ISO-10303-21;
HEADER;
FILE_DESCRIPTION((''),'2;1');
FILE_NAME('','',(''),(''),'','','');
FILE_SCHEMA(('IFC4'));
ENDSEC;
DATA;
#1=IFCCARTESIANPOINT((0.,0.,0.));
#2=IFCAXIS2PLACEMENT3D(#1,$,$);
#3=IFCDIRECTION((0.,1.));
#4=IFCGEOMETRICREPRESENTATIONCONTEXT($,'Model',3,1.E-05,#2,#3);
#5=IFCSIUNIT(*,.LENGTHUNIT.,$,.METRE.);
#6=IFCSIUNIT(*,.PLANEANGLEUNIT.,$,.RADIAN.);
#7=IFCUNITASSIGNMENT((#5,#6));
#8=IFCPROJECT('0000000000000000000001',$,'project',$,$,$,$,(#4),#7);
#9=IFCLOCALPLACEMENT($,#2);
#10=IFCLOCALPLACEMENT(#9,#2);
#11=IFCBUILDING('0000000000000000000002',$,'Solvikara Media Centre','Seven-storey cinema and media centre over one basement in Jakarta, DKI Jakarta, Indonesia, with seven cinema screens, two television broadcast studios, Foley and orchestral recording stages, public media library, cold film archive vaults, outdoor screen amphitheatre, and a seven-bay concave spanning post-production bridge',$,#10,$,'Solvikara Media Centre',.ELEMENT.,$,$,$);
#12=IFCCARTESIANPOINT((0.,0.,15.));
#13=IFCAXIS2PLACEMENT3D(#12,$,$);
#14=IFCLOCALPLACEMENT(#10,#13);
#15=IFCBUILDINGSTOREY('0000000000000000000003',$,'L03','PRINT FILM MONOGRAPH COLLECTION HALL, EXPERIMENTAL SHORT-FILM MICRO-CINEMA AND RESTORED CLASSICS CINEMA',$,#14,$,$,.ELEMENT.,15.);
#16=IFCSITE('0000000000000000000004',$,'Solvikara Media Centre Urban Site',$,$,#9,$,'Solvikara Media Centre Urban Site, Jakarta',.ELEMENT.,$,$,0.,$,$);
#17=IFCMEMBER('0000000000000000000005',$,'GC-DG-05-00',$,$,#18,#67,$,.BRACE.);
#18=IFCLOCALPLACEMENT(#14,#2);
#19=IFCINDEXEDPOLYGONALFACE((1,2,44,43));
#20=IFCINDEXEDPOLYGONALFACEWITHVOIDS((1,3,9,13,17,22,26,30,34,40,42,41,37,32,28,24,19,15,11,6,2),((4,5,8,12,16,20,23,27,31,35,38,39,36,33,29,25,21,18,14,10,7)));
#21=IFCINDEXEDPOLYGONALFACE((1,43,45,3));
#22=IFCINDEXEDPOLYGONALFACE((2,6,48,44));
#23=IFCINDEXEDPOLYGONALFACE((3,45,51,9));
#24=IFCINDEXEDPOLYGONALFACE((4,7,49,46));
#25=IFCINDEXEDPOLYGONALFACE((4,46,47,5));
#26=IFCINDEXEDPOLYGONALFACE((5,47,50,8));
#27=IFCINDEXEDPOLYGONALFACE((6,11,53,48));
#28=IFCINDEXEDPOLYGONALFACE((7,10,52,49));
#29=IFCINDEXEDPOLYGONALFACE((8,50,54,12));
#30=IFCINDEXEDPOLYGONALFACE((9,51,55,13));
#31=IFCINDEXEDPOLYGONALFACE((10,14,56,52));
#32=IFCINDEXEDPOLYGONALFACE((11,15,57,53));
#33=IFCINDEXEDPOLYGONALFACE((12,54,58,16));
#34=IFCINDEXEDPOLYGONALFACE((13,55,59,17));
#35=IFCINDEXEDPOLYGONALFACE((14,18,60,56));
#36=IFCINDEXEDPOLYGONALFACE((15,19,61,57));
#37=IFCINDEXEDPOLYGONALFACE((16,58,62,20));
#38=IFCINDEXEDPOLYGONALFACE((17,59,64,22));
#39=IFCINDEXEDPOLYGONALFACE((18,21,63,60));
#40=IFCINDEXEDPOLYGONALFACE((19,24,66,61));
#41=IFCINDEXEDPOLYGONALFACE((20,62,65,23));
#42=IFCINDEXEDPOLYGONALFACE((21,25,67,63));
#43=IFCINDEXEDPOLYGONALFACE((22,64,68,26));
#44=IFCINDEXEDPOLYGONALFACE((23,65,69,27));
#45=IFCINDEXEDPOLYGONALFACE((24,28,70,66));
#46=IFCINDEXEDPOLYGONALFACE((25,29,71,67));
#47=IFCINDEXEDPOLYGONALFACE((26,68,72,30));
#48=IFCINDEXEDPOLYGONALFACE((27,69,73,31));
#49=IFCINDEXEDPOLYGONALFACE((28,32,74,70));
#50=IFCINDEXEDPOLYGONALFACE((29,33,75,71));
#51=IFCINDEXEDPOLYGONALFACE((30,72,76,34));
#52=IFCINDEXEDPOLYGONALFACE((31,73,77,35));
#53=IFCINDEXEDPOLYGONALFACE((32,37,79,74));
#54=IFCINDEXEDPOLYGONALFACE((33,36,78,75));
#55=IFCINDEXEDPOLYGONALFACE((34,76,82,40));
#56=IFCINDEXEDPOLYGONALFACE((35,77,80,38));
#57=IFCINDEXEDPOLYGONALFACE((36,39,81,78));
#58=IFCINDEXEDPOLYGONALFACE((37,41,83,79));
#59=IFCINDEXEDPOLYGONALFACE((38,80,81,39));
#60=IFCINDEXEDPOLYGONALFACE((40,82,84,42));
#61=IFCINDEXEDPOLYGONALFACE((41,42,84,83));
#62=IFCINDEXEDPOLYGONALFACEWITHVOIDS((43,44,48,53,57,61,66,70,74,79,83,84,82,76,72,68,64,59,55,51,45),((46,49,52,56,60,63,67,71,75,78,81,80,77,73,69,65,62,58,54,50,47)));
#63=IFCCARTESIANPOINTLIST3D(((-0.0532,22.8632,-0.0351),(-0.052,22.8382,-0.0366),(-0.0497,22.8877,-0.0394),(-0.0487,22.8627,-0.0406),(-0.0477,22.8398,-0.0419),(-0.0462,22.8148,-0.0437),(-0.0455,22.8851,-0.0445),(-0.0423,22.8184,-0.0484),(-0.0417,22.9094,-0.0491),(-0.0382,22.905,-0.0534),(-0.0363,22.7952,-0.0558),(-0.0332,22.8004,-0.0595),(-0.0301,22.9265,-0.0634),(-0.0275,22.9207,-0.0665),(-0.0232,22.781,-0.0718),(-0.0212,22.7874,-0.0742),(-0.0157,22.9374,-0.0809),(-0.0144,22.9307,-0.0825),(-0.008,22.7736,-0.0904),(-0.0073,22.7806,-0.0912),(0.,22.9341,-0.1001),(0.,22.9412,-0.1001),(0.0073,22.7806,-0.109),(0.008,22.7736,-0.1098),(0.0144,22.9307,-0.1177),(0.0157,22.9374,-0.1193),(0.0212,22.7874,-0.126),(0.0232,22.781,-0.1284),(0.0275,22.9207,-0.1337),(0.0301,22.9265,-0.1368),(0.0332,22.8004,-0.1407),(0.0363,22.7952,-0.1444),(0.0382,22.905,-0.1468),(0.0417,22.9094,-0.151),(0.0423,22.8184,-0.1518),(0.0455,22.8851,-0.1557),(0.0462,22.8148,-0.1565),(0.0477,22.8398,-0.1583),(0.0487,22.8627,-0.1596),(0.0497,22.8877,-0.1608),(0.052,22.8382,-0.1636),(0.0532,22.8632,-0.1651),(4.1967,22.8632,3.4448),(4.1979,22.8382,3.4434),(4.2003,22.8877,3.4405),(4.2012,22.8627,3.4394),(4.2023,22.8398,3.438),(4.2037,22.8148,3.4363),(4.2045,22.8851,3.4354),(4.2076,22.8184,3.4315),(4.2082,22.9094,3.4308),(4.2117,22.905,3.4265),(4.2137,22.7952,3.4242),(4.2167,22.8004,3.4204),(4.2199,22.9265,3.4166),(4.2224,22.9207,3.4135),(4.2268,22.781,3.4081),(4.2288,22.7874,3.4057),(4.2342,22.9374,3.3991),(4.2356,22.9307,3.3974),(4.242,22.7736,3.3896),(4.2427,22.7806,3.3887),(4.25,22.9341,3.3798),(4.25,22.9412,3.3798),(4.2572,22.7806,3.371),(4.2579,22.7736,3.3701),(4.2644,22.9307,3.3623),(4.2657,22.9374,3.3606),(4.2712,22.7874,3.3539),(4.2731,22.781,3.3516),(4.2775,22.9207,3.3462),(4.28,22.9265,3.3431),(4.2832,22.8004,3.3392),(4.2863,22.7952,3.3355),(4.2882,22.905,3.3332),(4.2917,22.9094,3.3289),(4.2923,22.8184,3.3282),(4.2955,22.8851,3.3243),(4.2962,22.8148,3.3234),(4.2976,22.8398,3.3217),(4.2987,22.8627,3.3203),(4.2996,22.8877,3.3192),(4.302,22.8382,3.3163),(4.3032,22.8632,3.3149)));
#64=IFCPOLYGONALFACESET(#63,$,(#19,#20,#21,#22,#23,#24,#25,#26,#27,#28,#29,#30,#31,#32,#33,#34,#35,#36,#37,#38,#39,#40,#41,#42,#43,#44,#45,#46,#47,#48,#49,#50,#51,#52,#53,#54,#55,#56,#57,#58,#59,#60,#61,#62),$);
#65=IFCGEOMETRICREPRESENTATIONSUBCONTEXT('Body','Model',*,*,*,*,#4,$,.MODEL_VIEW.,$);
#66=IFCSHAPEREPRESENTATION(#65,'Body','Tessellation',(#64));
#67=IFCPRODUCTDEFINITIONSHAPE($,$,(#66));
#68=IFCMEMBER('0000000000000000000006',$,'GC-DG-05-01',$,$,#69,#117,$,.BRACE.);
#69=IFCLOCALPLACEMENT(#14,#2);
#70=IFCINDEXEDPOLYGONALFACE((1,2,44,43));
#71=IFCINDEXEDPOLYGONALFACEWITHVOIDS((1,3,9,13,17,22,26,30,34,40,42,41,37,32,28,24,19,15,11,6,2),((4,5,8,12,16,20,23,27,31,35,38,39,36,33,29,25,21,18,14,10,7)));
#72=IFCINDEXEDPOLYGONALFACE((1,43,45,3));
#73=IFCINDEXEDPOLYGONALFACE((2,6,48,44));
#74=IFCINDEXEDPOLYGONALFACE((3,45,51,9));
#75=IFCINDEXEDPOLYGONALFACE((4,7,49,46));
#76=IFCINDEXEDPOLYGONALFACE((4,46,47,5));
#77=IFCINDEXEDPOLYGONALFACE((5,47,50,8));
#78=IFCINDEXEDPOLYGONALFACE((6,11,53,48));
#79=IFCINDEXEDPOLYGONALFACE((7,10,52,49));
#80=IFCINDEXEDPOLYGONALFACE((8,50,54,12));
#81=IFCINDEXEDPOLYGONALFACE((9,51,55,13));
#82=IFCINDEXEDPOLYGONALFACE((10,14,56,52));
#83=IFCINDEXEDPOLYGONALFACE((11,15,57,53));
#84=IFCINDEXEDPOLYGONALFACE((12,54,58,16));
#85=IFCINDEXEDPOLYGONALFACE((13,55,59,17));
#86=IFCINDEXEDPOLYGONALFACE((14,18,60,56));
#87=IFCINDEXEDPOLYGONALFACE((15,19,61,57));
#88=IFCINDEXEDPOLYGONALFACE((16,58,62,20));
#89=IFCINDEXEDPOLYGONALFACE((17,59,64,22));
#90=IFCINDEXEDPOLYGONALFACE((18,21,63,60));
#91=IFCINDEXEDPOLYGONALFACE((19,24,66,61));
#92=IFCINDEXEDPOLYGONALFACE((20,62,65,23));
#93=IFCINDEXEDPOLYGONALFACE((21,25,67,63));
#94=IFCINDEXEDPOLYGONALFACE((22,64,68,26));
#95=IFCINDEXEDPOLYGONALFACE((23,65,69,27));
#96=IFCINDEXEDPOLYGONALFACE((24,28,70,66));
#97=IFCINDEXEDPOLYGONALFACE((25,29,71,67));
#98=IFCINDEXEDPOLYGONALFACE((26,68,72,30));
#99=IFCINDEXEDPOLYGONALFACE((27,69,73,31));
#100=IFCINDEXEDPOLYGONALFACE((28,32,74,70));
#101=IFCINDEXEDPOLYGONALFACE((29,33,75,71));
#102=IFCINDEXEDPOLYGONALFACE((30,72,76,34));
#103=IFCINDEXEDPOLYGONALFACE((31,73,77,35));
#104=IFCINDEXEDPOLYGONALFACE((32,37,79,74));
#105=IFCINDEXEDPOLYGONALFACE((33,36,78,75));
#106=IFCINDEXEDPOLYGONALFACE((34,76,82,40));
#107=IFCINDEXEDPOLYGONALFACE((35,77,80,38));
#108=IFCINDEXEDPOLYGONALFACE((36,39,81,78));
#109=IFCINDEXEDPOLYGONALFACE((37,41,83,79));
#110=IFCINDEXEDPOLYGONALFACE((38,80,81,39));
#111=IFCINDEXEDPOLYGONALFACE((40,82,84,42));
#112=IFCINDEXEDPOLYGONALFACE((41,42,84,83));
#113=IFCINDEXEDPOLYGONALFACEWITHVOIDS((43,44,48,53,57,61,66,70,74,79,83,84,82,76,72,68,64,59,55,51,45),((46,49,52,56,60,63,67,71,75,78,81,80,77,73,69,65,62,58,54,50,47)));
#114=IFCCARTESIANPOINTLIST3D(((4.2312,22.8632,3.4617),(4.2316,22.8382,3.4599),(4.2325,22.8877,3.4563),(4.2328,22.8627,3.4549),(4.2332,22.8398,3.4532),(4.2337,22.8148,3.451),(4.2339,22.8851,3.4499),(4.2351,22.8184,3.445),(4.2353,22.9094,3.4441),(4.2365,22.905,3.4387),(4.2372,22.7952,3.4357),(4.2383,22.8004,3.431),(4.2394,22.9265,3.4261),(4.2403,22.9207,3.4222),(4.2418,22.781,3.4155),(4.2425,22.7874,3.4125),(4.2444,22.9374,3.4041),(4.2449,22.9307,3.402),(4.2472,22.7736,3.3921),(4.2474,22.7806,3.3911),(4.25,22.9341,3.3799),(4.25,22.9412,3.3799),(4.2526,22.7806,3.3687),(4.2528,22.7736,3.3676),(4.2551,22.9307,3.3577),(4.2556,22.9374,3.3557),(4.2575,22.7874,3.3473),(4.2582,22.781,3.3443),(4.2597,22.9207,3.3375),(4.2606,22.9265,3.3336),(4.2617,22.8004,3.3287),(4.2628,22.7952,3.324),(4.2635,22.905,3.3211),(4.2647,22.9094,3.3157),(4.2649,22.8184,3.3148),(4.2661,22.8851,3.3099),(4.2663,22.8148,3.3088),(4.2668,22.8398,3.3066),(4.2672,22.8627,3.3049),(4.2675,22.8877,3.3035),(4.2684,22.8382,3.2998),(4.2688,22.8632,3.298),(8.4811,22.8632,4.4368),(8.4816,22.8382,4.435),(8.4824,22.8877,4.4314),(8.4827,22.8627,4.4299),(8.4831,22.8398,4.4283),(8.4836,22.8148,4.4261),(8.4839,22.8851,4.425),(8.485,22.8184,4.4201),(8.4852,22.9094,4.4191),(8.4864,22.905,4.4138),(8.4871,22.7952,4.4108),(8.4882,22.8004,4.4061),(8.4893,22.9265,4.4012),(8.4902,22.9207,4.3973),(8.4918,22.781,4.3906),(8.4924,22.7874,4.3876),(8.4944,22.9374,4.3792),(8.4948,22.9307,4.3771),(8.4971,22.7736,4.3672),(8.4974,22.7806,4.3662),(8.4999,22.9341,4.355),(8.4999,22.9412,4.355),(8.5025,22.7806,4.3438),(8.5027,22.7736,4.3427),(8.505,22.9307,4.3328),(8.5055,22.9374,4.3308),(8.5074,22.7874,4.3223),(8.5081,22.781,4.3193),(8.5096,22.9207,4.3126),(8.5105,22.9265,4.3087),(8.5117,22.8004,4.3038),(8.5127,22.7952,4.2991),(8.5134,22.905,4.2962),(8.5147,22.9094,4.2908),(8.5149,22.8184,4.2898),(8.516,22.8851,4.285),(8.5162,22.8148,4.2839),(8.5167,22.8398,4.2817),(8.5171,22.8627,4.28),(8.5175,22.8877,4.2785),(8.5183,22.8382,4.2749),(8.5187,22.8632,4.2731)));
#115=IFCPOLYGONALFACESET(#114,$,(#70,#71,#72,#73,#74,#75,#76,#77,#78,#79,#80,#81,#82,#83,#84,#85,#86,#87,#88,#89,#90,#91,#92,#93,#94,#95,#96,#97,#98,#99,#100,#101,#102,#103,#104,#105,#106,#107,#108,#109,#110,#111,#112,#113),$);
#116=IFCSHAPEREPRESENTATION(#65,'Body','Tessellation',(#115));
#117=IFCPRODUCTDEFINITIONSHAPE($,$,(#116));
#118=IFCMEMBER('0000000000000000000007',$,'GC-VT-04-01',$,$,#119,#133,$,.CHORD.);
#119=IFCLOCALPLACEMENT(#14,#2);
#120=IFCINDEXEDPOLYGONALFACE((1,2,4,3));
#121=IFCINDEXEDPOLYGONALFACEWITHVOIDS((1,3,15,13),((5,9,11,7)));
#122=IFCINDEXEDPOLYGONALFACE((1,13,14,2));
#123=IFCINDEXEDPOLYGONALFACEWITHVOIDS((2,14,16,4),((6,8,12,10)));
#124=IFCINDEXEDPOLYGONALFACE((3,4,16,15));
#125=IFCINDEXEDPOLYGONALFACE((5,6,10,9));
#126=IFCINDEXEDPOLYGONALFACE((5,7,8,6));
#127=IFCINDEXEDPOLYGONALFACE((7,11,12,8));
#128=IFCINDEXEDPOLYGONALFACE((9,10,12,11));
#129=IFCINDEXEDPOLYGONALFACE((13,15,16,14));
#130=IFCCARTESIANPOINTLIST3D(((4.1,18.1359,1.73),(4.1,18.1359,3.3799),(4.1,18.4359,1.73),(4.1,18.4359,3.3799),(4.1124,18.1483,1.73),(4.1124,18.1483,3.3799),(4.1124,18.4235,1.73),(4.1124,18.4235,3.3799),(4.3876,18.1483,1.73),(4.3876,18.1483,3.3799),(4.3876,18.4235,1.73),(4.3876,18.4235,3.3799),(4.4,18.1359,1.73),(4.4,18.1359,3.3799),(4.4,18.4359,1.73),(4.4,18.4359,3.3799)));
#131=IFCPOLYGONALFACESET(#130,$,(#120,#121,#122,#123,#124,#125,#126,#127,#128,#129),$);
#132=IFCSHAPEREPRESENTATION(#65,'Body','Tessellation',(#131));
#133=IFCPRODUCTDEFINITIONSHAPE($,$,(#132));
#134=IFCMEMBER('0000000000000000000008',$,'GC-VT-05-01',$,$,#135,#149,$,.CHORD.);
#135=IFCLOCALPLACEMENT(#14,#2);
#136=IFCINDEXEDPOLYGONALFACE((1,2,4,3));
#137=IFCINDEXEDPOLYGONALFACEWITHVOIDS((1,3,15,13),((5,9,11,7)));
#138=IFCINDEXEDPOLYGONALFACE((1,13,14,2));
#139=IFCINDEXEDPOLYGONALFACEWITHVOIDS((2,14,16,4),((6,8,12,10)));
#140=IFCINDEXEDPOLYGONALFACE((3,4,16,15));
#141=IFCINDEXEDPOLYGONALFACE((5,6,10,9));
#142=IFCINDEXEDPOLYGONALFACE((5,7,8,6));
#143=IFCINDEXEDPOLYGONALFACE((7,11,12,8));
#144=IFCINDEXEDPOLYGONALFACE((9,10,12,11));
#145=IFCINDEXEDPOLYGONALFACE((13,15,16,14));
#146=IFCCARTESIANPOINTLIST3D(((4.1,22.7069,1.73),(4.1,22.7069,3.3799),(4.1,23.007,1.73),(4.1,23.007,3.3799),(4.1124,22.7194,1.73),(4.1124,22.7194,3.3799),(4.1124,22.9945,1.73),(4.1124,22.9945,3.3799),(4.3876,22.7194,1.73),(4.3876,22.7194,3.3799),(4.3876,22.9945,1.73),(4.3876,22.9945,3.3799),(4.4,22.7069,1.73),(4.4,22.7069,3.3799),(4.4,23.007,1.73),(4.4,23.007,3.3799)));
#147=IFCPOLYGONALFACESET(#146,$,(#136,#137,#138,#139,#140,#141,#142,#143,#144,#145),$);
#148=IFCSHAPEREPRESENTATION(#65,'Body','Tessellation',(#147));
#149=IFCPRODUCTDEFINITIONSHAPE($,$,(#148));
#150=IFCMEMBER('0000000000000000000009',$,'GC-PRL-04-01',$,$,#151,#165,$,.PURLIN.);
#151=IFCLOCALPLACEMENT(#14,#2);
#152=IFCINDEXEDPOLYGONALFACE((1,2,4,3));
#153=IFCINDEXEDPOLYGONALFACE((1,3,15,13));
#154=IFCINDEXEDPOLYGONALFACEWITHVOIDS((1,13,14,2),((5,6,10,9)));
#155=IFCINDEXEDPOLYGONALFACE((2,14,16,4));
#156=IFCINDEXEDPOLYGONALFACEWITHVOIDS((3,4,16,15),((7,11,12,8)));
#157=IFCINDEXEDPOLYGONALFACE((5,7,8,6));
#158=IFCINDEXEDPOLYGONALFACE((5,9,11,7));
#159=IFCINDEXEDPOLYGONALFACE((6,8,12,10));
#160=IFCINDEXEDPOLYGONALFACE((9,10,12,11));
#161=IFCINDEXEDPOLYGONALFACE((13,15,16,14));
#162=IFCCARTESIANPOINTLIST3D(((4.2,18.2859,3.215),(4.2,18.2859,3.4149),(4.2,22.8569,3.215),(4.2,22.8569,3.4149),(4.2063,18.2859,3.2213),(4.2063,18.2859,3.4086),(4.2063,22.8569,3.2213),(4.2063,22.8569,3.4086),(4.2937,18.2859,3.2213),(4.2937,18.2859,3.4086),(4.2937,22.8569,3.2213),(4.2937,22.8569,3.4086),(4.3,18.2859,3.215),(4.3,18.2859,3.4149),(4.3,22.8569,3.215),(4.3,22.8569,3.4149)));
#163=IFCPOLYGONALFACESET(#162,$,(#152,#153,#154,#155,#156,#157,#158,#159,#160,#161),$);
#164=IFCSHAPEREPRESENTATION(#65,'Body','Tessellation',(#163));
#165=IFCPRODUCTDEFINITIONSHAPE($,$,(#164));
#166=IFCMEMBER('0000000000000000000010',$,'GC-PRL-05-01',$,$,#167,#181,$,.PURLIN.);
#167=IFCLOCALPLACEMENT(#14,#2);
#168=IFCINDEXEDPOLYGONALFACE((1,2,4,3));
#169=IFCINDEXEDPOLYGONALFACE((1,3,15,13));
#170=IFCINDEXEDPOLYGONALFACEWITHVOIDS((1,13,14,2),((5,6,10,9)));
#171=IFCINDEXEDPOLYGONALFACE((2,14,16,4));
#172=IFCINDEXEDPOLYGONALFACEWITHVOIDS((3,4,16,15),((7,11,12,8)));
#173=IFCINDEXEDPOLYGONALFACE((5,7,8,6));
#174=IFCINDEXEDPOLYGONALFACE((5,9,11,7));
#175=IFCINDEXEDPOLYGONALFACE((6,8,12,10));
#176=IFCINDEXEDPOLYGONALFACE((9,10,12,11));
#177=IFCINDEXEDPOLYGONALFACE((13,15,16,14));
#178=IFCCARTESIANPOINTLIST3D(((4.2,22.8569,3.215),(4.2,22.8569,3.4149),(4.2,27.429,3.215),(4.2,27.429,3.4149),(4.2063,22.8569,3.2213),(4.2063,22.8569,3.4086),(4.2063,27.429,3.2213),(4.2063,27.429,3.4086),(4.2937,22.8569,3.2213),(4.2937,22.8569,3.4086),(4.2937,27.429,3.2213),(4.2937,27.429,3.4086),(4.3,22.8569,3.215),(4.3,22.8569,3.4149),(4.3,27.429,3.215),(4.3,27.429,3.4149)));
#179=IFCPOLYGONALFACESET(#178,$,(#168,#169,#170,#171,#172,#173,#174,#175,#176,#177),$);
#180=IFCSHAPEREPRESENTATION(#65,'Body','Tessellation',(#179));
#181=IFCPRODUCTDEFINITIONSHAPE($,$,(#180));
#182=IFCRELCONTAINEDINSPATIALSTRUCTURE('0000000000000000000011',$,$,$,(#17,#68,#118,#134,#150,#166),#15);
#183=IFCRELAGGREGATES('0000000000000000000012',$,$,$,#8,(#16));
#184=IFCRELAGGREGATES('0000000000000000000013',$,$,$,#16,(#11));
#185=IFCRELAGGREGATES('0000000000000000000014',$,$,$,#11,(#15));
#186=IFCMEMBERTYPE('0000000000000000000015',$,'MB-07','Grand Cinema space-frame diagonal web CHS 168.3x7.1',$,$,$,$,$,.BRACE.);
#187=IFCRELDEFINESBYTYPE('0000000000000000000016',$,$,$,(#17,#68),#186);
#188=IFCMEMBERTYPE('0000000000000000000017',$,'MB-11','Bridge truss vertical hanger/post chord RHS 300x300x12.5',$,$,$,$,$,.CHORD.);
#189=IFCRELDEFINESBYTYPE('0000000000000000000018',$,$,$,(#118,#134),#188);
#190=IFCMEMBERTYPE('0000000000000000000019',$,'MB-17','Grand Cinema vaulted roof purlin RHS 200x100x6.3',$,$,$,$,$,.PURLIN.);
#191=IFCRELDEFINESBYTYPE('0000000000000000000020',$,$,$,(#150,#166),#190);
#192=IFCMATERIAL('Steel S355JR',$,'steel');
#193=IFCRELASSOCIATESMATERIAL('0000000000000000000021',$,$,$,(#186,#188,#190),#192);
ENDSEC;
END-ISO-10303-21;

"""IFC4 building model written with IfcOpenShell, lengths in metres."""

from ifc_helpers import new_model, si_unit, direction, frame, origin, origin_2d, place, context, subcontext, project, spatial, hollow_rectangle, hollow_circle, extrude, material, material_profile, profile_set, type_object, element, save


model = new_model("IFC4")

# Units and contexts
model_context = context("Model", 3, precision=1e-05, world=origin(), true_north=direction((0.0, 1.0)))
body_context = subcontext(model_context, "Body", "Model", "MODEL_VIEW")
ifc_project = project(units=[si_unit("LENGTHUNIT", "METRE"), si_unit("PLANEANGLEUNIT", "RADIAN")], contexts=[model_context])

# Site, building, storey
site_placement = place(None, origin())
site = spatial("IfcSite", under=ifc_project, at=site_placement, Name="Solvikara Media Centre Urban Site", LongName="Solvikara Media Centre Urban Site, Jakarta", CompositionType="ELEMENT", RefElevation=0.0)
building_placement = place(site_placement, origin())
building = spatial("IfcBuilding", under=site, at=building_placement, Name="Solvikara Media Centre", Description="Seven-storey cinema and media centre over one basement in Jakarta, DKI Jakarta, Indonesia, with seven cinema screens, two television broadcast studios, Foley and orchestral recording stages, public media library, cold film archive vaults, outdoor screen amphitheatre, and a seven-bay concave spanning post-production bridge", LongName="Solvikara Media Centre", CompositionType="ELEMENT")
storey_placement = place(building_placement, frame((0.0, 0.0, 15.0)))
storey = spatial("IfcBuildingStorey", under=building, at=storey_placement, Name="L03", Description="PRINT FILM MONOGRAPH COLLECTION HALL, EXPERIMENTAL SHORT-FILM MICRO-CINEMA AND RESTORED CLASSICS CINEMA", CompositionType="ELEMENT", Elevation=15.0)

# Shared definitions
ifc_material_1 = material(Name="Steel S355JR", Category="steel")

# Members
ifc_material_profile_1 = material_profile(ifc_material_1, hollow_circle(Radius=0.0842, WallThickness=0.0071, at=origin_2d()), Name="CHS 168.3x7.1")
ifc_profile_set_1 = profile_set([ifc_material_profile_1], Name="Steel S355JR")
member_type_1 = type_object("IfcMemberType", Name="MB-07", Description="Grand Cinema space-frame diagonal web CHS 168.3x7.1", PredefinedType="BRACE", material=ifc_profile_set_1)
member_1_placement = place(storey_placement, frame((0.0, 22.8569, -0.1001), z_axis=(0.773716, 0.0, 0.633533), x_axis=(0.0, 1.0, 0.0)))
element("IfcMember", 1, at=member_1_placement, inside=storey, type_object=member_type_1, Name="GC-DG-05-00", PredefinedType="BRACE", context=body_context, shape_type="SweptSolid", body=[
    extrude(hollow_circle(Radius=0.0842, WallThickness=0.0071, at=origin_2d()), origin(), (0.0, 0.0, 1.0), 5.4929),
])
member_2_placement = place(storey_placement, frame((4.25, 22.8569, 3.3799), z_axis=(0.974675, 0.0, 0.223624), x_axis=(0.0, 1.0, 0.0)))
element("IfcMember", 2, at=member_2_placement, inside=storey, type_object=member_type_1, Name="GC-DG-05-01", PredefinedType="BRACE", context=body_context, shape_type="SweptSolid", body=[
    extrude(hollow_circle(Radius=0.0842, WallThickness=0.0071, at=origin_2d()), origin(), (0.0, 0.0, 1.0), 4.3604),
])
ifc_material_profile_2 = material_profile(ifc_material_1, hollow_rectangle(XDim=0.3, YDim=0.3, WallThickness=0.0125, at=origin_2d()), Name="RHS 300x300x12.5")
ifc_profile_set_2 = profile_set([ifc_material_profile_2], Name="Steel S355JR")
member_type_2 = type_object("IfcMemberType", Name="MB-11", Description="Bridge truss vertical hanger/post chord RHS 300x300x12.5", PredefinedType="CHORD", material=ifc_profile_set_2)
for number, where, z_axis, x_axis, name in (
    (3, (4.25, 18.2859, 1.73), (0.0, 0.0, 1.0), (1.0, 0.0, 0.0), "GC-VT-04-01"),
    (4, (4.25, 22.8569, 1.73), (0.0, 0.0, 1.0), (1.0, 0.0, 0.0), "GC-VT-05-01"),
):
    element("IfcMember", number, at=place(storey_placement, frame(where, z_axis=z_axis, x_axis=x_axis)), inside=storey, type_object=member_type_2, Name=name, PredefinedType="CHORD", context=body_context, shape_type="SweptSolid", body=[
        extrude(hollow_rectangle(XDim=0.3, YDim=0.3, WallThickness=0.0125, at=origin_2d()), origin(), (0.0, 0.0, 1.0), 1.6499),
    ])
ifc_material_profile_3 = material_profile(ifc_material_1, hollow_rectangle(XDim=0.1001, YDim=0.2, WallThickness=0.0063, at=origin_2d()), Name="RHS 200x100x6.3")
ifc_profile_set_3 = profile_set([ifc_material_profile_3], Name="Steel S355JR")
member_type_3 = type_object("IfcMemberType", Name="MB-17", Description="Grand Cinema vaulted roof purlin RHS 200x100x6.3", PredefinedType="PURLIN", material=ifc_profile_set_3)
member_3_placement = place(storey_placement, frame((4.25, 18.2859, 3.3149), z_axis=(0.0, 1.0, 0.0), x_axis=(-1.0, 0.0, 0.0)))
element("IfcMember", 5, at=member_3_placement, inside=storey, type_object=member_type_3, Name="GC-PRL-04-01", PredefinedType="PURLIN", context=body_context, shape_type="SweptSolid", body=[
    extrude(hollow_rectangle(XDim=0.1001, YDim=0.2, WallThickness=0.0063, at=origin_2d()), origin(), (0.0, 0.0, 1.0), 4.571),
])
member_4_placement = place(storey_placement, frame((4.25, 22.8569, 3.3149), z_axis=(0.0, 1.0, 0.0), x_axis=(-1.0, 0.0, 0.0)))
element("IfcMember", 6, at=member_4_placement, inside=storey, type_object=member_type_3, Name="GC-PRL-05-01", PredefinedType="PURLIN", context=body_context, shape_type="SweptSolid", body=[
    extrude(hollow_rectangle(XDim=0.1001, YDim=0.2, WallThickness=0.0063, at=origin_2d()), origin(), (0.0, 0.0, 1.0), 4.572),
])

save(model, "model.ifc")
